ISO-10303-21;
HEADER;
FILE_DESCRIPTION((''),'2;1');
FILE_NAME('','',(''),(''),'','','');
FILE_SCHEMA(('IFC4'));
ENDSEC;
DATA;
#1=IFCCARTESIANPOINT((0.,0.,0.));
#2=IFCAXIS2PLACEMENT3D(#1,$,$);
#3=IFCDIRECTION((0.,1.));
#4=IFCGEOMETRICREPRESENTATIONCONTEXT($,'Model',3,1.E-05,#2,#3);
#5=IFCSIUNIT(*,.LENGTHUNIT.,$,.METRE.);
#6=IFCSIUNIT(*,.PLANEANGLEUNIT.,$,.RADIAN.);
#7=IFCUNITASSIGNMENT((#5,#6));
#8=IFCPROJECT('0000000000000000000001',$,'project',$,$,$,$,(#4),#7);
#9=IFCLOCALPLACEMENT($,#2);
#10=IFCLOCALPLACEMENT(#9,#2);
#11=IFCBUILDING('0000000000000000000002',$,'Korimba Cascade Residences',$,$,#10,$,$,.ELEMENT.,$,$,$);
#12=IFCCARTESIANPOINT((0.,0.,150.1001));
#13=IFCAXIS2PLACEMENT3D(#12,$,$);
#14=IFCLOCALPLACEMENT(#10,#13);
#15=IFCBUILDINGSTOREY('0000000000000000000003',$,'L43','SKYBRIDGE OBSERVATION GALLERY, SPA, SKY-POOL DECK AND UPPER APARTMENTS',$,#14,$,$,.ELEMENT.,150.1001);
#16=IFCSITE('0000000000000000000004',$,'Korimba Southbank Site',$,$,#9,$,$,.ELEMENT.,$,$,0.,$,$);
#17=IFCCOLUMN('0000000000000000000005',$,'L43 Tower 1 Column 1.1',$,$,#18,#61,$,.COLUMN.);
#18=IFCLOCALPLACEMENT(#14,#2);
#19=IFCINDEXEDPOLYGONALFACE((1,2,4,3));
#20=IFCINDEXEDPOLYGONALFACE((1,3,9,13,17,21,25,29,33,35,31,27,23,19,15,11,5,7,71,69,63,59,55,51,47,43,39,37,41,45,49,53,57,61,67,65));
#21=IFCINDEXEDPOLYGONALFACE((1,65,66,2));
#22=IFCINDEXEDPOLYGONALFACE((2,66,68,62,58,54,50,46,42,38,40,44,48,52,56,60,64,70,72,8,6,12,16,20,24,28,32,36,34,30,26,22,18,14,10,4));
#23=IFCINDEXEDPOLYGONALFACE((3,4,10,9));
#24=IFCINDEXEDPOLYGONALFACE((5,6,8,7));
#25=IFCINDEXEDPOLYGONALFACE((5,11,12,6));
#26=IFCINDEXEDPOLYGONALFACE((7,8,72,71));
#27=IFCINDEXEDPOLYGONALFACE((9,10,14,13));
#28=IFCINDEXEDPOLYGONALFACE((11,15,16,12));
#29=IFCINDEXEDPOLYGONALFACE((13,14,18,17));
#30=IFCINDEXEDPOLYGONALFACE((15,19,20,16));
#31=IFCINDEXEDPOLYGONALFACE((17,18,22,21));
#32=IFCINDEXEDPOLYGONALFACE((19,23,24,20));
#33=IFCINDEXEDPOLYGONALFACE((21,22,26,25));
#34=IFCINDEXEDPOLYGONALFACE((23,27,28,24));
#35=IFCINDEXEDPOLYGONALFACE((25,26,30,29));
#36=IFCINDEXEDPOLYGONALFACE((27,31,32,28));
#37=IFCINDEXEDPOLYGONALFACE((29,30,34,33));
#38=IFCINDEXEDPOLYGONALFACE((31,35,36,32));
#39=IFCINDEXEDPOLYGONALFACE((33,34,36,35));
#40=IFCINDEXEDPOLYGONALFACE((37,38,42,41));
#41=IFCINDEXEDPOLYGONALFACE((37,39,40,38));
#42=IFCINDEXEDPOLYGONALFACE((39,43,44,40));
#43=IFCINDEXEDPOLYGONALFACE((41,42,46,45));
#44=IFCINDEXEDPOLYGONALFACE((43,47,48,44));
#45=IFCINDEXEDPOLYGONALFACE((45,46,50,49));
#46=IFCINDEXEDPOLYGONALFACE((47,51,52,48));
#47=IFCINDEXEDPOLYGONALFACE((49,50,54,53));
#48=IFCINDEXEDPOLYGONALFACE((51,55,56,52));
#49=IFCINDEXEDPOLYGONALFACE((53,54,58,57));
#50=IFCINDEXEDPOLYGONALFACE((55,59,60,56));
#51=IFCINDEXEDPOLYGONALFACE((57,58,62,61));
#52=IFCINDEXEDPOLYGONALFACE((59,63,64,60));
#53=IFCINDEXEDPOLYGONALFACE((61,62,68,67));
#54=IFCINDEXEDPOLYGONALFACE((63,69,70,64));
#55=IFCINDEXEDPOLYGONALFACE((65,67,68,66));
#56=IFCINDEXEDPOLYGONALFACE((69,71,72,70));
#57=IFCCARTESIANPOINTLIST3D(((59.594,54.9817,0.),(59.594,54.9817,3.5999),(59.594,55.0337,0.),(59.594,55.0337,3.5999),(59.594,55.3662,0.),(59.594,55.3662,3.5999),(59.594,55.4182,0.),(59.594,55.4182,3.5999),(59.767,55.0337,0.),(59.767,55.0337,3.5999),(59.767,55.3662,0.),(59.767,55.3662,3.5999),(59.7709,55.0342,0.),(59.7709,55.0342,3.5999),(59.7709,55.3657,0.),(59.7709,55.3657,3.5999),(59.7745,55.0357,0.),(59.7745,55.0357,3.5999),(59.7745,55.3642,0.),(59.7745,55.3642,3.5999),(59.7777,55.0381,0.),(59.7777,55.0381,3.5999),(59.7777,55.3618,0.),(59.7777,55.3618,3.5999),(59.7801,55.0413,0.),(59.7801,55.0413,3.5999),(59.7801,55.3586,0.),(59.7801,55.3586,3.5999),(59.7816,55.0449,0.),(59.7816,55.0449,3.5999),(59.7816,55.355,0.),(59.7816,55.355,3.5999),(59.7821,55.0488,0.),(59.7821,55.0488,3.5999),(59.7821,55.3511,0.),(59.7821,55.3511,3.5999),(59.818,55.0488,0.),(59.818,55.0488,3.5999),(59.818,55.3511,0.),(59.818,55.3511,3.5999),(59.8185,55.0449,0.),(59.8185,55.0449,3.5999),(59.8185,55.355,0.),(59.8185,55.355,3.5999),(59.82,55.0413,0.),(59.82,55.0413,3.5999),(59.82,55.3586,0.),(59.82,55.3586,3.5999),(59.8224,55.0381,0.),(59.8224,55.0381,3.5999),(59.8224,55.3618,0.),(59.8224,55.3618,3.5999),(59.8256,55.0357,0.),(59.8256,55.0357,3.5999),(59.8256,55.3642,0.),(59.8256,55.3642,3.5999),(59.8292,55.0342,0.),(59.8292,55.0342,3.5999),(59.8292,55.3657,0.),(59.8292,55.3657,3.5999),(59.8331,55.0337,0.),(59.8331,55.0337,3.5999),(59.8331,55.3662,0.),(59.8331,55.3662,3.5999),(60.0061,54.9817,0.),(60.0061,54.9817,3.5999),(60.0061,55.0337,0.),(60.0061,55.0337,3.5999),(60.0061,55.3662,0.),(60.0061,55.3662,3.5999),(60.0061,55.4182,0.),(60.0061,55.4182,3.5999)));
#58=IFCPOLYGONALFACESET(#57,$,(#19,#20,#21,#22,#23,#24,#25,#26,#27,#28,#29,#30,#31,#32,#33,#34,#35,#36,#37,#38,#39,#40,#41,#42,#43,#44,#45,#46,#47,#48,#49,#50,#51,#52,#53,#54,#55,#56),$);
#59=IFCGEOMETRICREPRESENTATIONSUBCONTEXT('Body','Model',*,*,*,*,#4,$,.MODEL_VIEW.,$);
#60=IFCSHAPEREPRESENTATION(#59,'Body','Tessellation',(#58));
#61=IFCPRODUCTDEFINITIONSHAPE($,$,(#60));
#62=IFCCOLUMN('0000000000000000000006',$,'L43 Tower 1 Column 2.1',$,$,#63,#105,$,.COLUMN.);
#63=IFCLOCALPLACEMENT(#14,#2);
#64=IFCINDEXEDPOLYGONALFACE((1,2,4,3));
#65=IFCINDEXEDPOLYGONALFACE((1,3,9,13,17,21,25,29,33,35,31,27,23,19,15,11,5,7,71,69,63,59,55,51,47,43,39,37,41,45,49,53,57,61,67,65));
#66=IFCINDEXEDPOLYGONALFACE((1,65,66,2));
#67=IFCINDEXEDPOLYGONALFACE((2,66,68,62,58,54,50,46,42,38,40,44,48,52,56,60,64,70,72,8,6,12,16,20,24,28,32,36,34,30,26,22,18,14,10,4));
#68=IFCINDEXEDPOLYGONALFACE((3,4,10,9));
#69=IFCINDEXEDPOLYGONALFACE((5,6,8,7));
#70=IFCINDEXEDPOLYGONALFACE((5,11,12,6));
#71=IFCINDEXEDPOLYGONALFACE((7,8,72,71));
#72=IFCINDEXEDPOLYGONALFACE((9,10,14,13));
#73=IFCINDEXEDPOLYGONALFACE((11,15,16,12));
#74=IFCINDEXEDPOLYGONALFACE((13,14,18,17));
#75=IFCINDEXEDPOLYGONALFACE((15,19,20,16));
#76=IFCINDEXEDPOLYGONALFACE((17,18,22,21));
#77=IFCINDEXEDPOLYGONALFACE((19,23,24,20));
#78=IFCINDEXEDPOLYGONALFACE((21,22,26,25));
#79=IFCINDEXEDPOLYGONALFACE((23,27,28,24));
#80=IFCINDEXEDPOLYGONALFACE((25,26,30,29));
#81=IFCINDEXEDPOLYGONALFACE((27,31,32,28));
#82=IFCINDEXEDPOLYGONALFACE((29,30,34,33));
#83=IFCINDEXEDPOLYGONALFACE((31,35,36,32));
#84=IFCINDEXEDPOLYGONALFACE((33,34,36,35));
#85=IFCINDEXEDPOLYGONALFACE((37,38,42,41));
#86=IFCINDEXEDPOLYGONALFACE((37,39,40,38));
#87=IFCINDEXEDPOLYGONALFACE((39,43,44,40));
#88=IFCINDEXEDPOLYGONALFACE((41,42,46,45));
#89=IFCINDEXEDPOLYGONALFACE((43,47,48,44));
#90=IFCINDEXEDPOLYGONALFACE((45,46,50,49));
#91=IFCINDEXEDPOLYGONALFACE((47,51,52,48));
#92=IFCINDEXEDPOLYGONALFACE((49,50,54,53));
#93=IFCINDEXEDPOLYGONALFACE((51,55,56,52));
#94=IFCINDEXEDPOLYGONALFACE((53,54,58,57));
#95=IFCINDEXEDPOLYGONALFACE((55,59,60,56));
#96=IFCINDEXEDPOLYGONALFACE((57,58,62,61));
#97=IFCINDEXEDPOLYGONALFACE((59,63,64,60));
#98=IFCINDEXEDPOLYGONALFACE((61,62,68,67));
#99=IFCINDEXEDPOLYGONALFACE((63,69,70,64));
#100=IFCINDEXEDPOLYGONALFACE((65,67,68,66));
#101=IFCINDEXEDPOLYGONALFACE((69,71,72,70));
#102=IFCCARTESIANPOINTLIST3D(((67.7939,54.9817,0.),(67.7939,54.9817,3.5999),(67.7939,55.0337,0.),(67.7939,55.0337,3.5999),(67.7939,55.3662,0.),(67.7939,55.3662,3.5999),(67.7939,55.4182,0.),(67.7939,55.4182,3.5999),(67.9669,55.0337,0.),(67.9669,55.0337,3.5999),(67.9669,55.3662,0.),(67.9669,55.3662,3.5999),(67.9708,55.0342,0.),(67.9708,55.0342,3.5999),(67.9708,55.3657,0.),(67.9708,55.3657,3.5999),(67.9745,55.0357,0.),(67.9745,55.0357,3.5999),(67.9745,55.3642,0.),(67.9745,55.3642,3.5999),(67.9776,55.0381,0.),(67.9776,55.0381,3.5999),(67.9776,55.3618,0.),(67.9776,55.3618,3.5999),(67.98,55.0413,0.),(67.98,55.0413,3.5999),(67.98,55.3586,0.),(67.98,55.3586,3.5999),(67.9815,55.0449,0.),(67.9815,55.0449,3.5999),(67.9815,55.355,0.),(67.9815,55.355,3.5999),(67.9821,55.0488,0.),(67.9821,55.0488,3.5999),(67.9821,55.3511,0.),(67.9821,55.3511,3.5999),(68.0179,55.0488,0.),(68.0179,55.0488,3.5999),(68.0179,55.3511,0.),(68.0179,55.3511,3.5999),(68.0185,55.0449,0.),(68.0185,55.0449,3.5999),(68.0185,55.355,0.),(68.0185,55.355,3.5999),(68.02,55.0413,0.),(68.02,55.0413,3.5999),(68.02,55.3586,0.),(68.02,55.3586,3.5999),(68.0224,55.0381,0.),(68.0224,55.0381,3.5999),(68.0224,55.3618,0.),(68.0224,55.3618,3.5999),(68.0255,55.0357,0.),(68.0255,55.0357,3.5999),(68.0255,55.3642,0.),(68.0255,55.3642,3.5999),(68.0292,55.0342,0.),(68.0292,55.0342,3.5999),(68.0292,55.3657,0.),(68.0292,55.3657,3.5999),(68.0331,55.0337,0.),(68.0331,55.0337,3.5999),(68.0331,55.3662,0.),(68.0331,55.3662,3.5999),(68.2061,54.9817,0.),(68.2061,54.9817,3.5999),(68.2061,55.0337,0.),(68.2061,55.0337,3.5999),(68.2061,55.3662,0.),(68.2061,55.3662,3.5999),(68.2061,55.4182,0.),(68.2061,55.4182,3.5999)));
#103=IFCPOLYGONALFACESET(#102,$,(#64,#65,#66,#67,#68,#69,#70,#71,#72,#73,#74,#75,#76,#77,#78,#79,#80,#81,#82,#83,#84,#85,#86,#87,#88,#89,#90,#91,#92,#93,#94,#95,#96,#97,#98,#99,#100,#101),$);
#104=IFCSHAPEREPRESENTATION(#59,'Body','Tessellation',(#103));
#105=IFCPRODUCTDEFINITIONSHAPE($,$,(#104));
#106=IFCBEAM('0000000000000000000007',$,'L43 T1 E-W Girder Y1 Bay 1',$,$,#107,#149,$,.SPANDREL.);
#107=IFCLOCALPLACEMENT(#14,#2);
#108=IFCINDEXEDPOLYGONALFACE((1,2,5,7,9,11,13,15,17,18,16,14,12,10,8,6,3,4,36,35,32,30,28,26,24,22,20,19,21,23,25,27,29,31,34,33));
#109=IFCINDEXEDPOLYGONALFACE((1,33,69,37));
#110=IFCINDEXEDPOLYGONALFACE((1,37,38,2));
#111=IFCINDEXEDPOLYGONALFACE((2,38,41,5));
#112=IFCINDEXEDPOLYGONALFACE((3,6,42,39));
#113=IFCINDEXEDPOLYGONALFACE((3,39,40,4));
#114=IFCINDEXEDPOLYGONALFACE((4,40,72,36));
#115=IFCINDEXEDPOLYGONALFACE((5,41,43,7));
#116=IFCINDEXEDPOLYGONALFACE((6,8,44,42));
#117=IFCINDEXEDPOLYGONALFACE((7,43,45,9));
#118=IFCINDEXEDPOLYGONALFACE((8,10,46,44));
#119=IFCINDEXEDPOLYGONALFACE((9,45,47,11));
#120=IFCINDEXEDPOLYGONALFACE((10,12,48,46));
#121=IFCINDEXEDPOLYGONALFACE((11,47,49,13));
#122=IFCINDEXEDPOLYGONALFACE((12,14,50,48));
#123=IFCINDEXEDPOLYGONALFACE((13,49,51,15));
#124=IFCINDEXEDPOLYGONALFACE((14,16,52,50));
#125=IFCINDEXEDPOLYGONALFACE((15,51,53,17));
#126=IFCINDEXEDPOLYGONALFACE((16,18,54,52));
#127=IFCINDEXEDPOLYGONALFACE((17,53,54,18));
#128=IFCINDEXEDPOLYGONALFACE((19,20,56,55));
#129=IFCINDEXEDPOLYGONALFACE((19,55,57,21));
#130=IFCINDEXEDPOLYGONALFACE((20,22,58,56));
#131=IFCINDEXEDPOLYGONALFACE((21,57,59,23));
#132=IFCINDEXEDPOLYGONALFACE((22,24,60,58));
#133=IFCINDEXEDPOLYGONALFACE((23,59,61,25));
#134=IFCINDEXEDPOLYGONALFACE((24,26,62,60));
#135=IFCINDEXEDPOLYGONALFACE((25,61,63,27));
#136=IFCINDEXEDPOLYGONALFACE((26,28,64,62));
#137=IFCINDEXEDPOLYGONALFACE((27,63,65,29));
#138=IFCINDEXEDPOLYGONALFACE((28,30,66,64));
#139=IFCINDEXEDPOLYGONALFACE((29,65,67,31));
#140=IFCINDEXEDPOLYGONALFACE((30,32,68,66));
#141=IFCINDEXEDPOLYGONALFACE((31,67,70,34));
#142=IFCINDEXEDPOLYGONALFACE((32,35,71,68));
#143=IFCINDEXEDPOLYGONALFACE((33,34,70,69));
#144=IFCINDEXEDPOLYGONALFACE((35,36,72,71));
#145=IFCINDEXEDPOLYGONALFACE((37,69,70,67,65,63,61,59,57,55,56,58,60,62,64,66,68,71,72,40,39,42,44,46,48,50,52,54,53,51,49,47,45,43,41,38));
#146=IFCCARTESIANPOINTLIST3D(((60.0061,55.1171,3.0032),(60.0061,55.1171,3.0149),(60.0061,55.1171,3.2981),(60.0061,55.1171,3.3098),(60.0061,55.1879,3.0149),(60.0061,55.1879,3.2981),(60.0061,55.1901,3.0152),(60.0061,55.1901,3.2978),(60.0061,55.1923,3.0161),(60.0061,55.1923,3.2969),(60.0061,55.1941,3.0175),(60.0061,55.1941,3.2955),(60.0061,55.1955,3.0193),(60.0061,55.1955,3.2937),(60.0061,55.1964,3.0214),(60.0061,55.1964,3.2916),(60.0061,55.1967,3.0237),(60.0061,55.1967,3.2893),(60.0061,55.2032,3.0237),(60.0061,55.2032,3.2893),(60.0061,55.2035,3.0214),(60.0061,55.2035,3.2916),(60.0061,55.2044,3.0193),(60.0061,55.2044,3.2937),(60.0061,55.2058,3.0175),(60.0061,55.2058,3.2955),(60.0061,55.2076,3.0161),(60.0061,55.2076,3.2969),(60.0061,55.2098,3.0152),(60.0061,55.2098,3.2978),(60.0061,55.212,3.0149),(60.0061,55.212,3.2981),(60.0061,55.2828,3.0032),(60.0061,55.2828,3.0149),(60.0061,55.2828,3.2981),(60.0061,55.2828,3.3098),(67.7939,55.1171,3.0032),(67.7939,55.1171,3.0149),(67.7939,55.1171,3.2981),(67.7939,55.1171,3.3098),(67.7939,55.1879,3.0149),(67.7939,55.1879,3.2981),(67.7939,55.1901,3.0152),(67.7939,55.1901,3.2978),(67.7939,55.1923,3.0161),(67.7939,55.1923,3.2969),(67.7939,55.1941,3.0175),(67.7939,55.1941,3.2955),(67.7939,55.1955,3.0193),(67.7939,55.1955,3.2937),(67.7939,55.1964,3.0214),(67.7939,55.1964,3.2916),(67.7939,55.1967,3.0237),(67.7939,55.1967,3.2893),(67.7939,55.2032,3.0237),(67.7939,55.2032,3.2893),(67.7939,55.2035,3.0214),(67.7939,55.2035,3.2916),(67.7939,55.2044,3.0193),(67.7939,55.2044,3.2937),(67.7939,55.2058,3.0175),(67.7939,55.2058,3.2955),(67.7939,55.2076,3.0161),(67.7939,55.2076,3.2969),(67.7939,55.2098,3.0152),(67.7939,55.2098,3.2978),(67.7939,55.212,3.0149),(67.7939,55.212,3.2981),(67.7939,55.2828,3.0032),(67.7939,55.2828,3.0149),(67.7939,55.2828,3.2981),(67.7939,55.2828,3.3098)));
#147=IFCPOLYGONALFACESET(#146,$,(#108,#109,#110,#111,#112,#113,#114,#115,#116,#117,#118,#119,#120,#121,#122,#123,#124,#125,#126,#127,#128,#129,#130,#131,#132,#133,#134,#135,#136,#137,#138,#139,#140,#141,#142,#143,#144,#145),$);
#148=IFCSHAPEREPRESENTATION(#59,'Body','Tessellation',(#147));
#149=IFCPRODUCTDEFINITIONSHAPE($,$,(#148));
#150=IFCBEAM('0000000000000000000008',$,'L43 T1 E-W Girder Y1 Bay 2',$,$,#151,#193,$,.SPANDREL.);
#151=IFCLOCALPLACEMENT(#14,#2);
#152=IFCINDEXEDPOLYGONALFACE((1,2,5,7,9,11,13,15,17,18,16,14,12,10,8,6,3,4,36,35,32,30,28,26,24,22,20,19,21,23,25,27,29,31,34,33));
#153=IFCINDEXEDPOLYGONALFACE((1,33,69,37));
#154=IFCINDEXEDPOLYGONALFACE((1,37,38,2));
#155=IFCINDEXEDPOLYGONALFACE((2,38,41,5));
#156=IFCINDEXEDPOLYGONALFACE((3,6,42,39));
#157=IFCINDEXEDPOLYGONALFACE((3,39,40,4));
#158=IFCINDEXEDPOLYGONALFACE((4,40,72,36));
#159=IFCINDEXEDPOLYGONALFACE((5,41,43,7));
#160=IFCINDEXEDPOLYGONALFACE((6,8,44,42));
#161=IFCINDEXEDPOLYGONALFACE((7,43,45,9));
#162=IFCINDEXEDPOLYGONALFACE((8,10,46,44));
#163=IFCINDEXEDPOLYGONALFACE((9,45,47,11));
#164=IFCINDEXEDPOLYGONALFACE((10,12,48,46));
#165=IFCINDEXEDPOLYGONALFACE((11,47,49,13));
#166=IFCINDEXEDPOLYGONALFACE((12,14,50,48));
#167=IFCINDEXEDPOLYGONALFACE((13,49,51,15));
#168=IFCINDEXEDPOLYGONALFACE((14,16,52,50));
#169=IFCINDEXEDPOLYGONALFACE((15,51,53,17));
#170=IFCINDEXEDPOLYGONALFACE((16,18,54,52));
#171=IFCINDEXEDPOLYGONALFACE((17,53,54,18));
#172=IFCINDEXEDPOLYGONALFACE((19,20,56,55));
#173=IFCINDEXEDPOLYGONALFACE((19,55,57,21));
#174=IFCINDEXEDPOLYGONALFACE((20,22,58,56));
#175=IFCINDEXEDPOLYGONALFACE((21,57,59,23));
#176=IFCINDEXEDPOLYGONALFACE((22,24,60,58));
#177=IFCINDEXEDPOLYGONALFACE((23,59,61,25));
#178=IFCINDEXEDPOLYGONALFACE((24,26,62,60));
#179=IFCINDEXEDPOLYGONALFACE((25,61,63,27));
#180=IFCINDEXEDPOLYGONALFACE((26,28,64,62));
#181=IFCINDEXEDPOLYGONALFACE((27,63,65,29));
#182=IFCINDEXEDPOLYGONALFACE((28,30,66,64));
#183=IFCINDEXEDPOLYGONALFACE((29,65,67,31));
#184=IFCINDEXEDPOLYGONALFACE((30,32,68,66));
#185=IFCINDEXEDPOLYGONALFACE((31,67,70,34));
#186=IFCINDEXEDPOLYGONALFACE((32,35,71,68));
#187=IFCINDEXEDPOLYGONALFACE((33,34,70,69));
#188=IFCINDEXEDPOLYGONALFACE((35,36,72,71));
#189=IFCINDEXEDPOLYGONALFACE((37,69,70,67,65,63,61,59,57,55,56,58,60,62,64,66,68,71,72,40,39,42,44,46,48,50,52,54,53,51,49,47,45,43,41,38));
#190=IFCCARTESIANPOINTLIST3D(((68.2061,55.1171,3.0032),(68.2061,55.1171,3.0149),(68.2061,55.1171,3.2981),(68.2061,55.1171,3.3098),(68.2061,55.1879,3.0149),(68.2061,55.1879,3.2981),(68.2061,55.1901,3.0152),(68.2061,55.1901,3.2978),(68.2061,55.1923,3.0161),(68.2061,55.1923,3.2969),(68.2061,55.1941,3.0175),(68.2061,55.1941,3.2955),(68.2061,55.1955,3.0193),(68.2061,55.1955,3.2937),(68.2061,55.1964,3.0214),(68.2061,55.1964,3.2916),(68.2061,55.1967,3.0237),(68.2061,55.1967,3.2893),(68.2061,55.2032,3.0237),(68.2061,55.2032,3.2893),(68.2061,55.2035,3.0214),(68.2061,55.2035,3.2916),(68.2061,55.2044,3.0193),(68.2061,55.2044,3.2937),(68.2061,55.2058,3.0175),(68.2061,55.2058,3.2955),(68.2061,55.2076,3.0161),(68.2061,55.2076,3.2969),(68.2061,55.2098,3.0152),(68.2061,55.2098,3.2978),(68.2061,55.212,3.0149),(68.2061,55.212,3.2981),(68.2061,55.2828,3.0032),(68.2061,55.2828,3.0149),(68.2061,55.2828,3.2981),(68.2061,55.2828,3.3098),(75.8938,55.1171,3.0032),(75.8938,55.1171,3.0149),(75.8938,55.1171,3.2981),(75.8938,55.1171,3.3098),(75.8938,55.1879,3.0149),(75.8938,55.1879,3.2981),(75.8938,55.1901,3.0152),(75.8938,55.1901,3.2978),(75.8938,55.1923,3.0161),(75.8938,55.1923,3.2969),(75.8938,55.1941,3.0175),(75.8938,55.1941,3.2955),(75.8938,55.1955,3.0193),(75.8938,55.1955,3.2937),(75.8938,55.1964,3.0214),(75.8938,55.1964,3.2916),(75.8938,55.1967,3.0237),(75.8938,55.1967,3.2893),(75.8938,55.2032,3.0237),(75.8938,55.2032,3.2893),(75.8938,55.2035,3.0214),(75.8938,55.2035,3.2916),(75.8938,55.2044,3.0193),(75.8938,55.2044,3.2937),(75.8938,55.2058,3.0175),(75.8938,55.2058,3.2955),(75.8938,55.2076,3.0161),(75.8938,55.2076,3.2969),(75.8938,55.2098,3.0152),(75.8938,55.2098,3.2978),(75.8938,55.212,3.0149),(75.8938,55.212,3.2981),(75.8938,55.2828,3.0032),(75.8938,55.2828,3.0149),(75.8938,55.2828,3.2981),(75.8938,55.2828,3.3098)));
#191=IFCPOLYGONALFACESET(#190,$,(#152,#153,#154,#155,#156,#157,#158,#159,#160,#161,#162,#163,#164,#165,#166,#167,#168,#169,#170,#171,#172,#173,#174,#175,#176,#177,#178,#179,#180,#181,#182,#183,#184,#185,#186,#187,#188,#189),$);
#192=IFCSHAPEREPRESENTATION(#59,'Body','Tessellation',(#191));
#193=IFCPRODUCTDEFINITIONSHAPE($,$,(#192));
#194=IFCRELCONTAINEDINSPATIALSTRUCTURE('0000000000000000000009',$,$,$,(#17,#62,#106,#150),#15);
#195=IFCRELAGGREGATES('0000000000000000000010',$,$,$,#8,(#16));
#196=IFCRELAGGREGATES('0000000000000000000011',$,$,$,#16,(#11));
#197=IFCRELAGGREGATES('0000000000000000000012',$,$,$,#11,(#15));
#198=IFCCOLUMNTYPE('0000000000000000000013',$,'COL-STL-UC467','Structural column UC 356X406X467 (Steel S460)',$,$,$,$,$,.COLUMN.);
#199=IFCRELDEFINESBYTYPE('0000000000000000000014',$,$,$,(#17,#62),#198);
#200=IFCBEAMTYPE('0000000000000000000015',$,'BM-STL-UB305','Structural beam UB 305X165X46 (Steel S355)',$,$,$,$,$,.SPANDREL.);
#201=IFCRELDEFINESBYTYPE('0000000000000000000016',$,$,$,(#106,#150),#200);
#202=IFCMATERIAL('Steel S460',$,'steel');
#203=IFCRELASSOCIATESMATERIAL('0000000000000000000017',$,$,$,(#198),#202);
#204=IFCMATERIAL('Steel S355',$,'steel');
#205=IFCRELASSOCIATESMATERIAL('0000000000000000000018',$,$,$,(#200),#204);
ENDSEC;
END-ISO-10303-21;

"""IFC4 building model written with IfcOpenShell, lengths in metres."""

from ifc_helpers import new_model, si_unit, direction, frame, origin, origin_2d, place, context, subcontext, project, spatial, i_section, extrude, material, material_profile, profile_set, type_object, element, save


model = new_model("IFC4")

# Units and contexts
model_context = context("Model", 3, precision=1e-05, world=origin(), true_north=direction((0.0, 1.0)))
body_context = subcontext(model_context, "Body", "Model", "MODEL_VIEW")
ifc_project = project(units=[si_unit("LENGTHUNIT", "METRE"), si_unit("PLANEANGLEUNIT", "RADIAN")], contexts=[model_context])

# Site, building, storey
site_placement = place(None, origin())
site = spatial("IfcSite", under=ifc_project, at=site_placement, Name="Korimba Southbank Site", CompositionType="ELEMENT", RefElevation=0.0)
building_placement = place(site_placement, origin())
building = spatial("IfcBuilding", under=site, at=building_placement, Name="Korimba Cascade Residences", CompositionType="ELEMENT")
storey_placement = place(building_placement, frame((0.0, 0.0, 150.1001)))
storey = spatial("IfcBuildingStorey", under=building, at=storey_placement, Name="L43", Description="SKYBRIDGE OBSERVATION GALLERY, SPA, SKY-POOL DECK AND UPPER APARTMENTS", CompositionType="ELEMENT", Elevation=150.1001)

# Columns
ifc_material_1 = material(Name="Steel S460", Category="steel")
ifc_material_profile_1 = material_profile(ifc_material_1, i_section(OverallWidth=0.4121, OverallDepth=0.4365, WebThickness=0.0359, FlangeThickness=0.052, FilletRadius=0.0151, at=origin_2d()), Name="Steel S460")
ifc_profile_set_1 = profile_set([ifc_material_profile_1], Name="Steel S460")
column_type = type_object("IfcColumnType", Name="COL-STL-UC467", Description="Structural column UC 356X406X467 (Steel S460)", PredefinedType="COLUMN", material=ifc_profile_set_1)
for number, where, z_axis, x_axis, name in (
    (1, (59.8, 55.2, 0.0), (0.0, 0.0, 1.0), (1.0, 0.0, 0.0), "L43 Tower 1 Column 1.1"),
    (2, (68.0, 55.2, 0.0), (0.0, 0.0, 1.0), (1.0, 0.0, 0.0), "L43 Tower 1 Column 2.1"),
):
    element("IfcColumn", number, at=place(storey_placement, frame(where, z_axis=z_axis, x_axis=x_axis)), inside=storey, type_object=column_type, Name=name, PredefinedType="COLUMN", context=body_context, shape_type="SweptSolid", body=[
        extrude(i_section(OverallWidth=0.4121, OverallDepth=0.4365, WebThickness=0.0359, FlangeThickness=0.052, FilletRadius=0.0151, at=origin_2d()), origin(), (0.0, 0.0, 1.0), 3.5999),
    ])

# Beams
ifc_material_2 = material(Name="Steel S355", Category="steel")
ifc_material_profile_2 = material_profile(ifc_material_2, i_section(OverallWidth=0.1658, OverallDepth=0.3066, WebThickness=0.0066, FlangeThickness=0.0117, FilletRadius=0.0088, at=origin_2d()), Name="Steel S355")
ifc_profile_set_2 = profile_set([ifc_material_profile_2], Name="Steel S355")
beam_type_1 = type_object("IfcBeamType", Name="BM-STL-UB305", Description="Structural beam UB 305X165X46 (Steel S355)", PredefinedType="SPANDREL", material=ifc_profile_set_2)
beam_1_placement = place(storey_placement, frame((60.0061, 55.2, 3.1565), z_axis=(1.0, 0.0, 0.0), x_axis=(0.0, 1.0, 0.0)))
element("IfcBeam", 3, at=beam_1_placement, inside=storey, type_object=beam_type_1, Name="L43 T1 E-W Girder Y1 Bay 1", PredefinedType="SPANDREL", context=body_context, shape_type="SweptSolid", body=[
    extrude(i_section(OverallWidth=0.1658, OverallDepth=0.3066, WebThickness=0.0066, FlangeThickness=0.0117, FilletRadius=0.0088, at=origin_2d()), origin(), (0.0, 0.0, 1.0), 7.7878),
])
beam_2_placement = place(storey_placement, frame((68.2061, 55.2, 3.1565), z_axis=(1.0, 0.0, 0.0), x_axis=(0.0, 1.0, 0.0)))
element("IfcBeam", 4, at=beam_2_placement, inside=storey, type_object=beam_type_1, Name="L43 T1 E-W Girder Y1 Bay 2", PredefinedType="SPANDREL", context=body_context, shape_type="SweptSolid", body=[
    extrude(i_section(OverallWidth=0.1658, OverallDepth=0.3066, WebThickness=0.0066, FlangeThickness=0.0117, FilletRadius=0.0088, at=origin_2d()), origin(), (0.0, 0.0, 1.0), 7.6877),
])

save(model, "model.ifc")
